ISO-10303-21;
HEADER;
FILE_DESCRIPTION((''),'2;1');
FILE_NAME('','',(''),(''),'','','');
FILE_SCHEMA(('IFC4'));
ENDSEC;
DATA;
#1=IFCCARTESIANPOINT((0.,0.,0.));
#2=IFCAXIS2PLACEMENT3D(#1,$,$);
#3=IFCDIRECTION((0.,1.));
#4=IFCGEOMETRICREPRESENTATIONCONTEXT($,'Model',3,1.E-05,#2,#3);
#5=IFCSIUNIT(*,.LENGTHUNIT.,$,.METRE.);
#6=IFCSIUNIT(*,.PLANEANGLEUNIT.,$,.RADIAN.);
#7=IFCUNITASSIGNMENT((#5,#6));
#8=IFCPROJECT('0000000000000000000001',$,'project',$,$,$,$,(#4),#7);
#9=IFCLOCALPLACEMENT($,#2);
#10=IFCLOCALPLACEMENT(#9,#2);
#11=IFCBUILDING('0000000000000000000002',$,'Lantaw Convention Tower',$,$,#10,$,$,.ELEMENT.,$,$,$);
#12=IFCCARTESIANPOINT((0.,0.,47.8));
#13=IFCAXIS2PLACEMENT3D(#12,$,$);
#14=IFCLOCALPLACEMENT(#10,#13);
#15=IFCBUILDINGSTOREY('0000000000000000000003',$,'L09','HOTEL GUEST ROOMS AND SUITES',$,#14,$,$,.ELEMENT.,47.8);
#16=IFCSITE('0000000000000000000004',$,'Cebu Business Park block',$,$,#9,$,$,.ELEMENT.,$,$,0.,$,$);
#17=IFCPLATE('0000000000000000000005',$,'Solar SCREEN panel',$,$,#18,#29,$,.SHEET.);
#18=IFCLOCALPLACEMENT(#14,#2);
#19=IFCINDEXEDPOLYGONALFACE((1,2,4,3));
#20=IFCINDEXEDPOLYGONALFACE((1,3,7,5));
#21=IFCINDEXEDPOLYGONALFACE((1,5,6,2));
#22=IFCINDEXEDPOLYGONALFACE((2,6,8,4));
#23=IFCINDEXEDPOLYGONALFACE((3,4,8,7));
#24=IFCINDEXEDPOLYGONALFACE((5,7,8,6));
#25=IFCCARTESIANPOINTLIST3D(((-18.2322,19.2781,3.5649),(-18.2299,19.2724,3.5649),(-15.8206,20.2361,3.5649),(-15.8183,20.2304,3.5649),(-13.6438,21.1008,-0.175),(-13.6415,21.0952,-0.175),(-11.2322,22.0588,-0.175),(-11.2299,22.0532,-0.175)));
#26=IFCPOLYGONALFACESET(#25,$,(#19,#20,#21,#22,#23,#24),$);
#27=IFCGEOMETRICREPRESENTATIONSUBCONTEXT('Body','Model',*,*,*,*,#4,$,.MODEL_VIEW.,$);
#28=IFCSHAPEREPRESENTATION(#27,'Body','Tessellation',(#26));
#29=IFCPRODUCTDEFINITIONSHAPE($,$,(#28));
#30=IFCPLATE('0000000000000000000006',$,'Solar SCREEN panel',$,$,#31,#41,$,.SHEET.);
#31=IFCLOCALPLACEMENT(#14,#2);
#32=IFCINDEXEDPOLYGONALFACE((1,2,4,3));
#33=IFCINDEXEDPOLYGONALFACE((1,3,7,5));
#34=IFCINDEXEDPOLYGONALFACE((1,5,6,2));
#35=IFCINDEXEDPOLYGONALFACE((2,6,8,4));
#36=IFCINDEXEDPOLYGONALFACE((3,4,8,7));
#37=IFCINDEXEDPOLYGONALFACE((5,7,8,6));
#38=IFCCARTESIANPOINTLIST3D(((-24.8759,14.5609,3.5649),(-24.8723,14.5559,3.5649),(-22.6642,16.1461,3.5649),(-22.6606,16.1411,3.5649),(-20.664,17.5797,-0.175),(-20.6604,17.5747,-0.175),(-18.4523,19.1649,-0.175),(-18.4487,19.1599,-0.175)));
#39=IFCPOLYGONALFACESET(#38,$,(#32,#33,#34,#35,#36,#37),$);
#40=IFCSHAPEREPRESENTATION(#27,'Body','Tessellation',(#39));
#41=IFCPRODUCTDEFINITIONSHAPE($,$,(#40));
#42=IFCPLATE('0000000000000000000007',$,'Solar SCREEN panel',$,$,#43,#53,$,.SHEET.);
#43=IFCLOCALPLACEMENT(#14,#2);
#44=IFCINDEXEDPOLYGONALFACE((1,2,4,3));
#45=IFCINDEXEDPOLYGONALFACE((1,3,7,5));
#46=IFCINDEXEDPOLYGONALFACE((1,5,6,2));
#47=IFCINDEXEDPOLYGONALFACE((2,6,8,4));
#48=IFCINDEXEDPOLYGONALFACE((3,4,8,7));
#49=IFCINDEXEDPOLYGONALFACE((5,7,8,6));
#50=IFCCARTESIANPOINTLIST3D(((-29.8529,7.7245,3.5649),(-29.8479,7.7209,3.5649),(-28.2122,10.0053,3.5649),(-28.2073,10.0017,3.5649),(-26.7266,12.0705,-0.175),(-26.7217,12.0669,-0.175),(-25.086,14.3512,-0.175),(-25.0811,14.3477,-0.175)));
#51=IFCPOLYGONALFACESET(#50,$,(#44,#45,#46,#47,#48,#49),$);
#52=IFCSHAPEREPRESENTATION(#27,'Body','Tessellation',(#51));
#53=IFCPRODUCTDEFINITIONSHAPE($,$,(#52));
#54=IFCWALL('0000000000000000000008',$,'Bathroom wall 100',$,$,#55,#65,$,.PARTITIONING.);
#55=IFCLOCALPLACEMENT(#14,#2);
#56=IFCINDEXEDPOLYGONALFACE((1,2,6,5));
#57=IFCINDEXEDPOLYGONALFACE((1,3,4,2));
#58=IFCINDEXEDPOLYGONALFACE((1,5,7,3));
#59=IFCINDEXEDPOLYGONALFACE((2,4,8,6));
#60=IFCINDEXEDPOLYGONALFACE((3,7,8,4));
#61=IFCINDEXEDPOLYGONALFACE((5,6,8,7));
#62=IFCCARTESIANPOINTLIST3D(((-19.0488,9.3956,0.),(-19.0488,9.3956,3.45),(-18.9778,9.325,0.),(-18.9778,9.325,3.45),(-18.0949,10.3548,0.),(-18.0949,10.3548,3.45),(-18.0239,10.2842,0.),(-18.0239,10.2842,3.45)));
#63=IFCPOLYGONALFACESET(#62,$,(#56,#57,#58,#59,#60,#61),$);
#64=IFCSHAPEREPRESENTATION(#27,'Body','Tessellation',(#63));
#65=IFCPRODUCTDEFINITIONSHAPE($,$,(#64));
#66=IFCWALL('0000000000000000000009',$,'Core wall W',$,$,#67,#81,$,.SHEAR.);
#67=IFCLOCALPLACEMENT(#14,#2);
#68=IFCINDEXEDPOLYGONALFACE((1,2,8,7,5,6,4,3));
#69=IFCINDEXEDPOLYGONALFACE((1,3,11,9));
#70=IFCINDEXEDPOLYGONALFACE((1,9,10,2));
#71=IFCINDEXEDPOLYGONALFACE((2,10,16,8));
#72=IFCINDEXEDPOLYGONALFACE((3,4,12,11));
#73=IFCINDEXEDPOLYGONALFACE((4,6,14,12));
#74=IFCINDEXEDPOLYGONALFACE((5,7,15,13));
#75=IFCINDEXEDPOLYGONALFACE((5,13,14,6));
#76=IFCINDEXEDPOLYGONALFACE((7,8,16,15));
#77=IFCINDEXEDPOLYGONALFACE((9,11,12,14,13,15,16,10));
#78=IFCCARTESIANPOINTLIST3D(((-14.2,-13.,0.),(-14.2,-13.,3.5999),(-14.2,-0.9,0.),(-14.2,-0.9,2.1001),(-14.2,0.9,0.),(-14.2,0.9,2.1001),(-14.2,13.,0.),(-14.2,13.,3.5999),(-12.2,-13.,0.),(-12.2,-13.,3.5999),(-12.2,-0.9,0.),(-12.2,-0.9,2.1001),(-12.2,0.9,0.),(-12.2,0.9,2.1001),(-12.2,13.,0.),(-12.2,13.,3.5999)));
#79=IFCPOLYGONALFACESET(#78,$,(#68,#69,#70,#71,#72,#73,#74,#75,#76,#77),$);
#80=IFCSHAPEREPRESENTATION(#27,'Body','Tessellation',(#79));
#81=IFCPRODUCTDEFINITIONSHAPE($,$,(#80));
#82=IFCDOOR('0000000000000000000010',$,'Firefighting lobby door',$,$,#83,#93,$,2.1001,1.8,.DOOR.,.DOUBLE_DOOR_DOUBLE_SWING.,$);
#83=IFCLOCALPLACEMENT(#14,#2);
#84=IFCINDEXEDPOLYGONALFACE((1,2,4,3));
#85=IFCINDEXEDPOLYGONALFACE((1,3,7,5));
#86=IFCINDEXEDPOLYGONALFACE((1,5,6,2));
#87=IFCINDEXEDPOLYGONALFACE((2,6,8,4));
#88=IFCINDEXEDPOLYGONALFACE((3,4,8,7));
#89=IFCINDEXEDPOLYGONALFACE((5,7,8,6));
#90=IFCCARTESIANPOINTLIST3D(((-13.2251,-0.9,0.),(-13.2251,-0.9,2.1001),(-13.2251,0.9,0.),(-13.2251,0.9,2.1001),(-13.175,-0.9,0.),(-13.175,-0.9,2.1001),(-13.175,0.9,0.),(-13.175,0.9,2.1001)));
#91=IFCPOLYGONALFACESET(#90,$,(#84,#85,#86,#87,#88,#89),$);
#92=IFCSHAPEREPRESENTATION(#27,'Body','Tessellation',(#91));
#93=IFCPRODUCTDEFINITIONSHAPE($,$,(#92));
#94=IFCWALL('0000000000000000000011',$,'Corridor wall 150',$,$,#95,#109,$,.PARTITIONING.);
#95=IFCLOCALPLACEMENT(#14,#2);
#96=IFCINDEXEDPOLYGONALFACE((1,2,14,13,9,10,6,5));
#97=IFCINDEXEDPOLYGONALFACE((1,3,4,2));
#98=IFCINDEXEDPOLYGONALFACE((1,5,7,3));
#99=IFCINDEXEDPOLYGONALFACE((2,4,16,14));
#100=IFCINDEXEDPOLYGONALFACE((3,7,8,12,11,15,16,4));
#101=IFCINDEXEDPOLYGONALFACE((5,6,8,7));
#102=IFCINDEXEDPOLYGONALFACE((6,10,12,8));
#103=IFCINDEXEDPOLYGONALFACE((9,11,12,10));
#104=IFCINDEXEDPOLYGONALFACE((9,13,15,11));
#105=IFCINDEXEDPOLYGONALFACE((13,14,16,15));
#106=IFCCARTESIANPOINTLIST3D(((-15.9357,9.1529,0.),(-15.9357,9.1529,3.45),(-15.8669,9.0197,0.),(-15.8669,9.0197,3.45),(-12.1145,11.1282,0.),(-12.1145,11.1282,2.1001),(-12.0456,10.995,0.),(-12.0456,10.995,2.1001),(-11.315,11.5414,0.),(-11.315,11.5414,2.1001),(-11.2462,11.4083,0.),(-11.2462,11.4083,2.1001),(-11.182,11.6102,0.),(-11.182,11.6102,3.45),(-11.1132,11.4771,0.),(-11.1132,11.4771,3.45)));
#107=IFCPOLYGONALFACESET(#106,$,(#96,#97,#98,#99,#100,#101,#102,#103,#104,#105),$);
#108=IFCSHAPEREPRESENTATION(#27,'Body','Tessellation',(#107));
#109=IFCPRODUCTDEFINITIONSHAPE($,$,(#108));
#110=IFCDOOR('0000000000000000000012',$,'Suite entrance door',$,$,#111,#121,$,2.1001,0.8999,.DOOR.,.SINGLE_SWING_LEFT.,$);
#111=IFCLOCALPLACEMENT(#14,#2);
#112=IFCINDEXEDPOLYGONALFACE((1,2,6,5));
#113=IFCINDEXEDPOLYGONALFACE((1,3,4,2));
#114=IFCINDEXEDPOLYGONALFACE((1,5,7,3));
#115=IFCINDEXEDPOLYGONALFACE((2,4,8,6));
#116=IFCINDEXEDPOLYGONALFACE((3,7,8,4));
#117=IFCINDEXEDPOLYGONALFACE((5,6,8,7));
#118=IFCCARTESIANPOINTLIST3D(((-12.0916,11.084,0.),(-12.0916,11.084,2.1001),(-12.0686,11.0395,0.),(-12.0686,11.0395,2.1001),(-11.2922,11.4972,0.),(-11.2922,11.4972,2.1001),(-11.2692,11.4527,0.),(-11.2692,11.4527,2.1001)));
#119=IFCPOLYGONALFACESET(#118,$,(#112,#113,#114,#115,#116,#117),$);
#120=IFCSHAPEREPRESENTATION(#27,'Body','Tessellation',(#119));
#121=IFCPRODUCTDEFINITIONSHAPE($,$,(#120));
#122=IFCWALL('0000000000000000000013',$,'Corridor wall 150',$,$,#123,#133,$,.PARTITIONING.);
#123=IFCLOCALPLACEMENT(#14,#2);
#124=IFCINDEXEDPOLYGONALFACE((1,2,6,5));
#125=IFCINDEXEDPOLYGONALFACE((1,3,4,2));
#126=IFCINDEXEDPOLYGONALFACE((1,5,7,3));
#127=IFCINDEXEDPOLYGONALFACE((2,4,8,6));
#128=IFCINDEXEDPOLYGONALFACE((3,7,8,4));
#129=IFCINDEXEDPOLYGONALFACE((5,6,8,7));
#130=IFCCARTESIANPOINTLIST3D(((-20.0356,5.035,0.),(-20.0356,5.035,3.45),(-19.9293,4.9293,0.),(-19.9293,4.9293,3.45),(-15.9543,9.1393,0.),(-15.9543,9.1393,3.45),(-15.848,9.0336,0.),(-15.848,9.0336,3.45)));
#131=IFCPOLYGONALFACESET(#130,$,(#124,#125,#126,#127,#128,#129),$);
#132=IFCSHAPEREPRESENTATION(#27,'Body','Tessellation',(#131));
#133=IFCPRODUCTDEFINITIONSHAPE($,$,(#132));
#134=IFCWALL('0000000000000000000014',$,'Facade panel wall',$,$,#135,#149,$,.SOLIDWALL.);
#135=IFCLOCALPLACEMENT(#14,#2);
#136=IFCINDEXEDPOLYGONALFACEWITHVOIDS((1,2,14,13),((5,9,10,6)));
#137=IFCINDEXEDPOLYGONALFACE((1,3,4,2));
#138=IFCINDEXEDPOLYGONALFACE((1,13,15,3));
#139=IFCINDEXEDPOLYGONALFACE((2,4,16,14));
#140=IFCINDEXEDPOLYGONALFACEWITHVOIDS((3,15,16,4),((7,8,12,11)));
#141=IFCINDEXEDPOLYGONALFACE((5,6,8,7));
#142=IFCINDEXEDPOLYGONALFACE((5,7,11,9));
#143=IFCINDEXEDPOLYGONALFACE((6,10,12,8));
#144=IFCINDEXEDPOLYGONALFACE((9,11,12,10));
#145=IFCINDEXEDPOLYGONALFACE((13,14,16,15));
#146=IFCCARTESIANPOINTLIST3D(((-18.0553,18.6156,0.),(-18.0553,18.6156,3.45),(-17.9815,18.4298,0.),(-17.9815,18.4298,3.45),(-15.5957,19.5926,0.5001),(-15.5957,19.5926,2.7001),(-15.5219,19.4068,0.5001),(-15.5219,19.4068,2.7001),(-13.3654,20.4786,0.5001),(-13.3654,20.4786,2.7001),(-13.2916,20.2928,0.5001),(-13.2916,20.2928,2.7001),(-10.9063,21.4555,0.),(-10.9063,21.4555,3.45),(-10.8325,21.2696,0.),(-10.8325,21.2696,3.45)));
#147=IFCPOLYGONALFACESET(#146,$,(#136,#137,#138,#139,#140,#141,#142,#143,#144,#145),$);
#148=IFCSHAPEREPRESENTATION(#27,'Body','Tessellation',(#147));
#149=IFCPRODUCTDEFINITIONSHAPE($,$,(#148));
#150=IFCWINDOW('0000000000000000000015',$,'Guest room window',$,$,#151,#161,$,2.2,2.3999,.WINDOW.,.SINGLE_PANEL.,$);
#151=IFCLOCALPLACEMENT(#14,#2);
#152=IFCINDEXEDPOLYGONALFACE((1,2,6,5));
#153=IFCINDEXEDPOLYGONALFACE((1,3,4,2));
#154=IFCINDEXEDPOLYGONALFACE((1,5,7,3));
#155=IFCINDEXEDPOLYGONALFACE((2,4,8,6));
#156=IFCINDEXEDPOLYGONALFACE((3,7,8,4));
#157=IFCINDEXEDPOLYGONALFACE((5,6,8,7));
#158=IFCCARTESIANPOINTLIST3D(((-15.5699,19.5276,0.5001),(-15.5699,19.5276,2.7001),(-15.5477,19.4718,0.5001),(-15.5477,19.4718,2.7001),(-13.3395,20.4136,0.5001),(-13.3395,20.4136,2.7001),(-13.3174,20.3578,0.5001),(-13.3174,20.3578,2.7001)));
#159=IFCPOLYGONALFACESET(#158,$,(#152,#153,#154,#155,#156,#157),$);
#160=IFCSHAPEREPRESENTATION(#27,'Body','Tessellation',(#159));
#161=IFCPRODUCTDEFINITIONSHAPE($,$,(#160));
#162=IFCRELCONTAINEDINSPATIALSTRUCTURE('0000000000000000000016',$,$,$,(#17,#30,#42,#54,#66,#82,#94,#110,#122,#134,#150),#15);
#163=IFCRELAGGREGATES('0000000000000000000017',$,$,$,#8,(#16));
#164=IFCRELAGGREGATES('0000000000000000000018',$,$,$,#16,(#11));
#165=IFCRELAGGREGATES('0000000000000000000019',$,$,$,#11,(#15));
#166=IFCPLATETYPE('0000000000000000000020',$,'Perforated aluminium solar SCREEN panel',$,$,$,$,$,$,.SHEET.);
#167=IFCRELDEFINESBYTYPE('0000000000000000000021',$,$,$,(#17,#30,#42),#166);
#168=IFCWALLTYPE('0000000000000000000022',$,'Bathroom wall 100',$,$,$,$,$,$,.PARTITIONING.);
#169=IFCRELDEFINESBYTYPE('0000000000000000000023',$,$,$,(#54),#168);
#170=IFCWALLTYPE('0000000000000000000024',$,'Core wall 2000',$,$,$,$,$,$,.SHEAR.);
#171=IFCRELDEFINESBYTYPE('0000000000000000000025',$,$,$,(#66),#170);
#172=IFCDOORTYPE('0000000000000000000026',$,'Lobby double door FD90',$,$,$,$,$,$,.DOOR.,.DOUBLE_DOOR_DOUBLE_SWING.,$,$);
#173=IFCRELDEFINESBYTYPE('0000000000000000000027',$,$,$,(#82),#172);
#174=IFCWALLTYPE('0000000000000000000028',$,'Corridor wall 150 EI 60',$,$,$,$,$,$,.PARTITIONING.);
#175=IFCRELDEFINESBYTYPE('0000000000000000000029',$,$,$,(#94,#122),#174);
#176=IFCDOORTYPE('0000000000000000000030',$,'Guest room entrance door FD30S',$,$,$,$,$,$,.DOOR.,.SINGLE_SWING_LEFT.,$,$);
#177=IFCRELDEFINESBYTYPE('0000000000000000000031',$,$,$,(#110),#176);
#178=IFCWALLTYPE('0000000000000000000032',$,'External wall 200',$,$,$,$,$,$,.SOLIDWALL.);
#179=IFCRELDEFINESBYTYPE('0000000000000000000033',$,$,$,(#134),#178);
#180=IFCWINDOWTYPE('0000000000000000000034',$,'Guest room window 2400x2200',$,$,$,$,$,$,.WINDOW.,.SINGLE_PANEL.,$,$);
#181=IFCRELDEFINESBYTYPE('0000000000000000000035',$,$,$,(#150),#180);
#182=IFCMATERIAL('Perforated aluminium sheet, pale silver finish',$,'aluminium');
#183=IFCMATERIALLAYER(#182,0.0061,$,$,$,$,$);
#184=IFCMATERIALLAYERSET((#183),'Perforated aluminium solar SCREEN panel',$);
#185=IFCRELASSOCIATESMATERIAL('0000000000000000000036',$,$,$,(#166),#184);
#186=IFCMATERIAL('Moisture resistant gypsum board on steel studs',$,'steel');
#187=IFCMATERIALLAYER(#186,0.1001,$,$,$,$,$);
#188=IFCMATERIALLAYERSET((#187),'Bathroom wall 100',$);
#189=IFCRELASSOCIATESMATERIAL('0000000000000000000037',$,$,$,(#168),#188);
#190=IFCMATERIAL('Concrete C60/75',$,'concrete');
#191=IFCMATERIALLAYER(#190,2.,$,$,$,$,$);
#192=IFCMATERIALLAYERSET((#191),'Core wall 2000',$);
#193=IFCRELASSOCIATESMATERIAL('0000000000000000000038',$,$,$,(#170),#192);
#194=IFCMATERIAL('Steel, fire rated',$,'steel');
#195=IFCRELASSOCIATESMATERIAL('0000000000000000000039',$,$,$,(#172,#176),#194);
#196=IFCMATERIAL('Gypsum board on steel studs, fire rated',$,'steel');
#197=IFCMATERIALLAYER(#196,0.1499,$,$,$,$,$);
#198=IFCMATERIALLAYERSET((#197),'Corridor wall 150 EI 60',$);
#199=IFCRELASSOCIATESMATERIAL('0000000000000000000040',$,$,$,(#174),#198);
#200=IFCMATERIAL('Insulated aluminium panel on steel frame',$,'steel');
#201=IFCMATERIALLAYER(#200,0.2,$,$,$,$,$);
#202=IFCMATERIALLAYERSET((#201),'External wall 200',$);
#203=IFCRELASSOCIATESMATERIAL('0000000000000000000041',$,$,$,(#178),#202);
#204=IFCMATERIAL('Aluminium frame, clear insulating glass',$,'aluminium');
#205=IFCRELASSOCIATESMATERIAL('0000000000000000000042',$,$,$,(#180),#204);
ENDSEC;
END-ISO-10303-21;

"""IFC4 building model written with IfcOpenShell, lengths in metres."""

from ifc_helpers import new_model, si_unit, direction, frame, frame_2d, origin, place, context, subcontext, project, spatial, polyline, rectangle, outline, extrude, material, layer, layer_set, type_object, element, fill, save


model = new_model("IFC4")

# Units and contexts
model_context = context("Model", 3, precision=1e-05, world=origin(), true_north=direction((0.0, 1.0)))
body_context = subcontext(model_context, "Body", "Model", "MODEL_VIEW")
ifc_project = project(units=[si_unit("LENGTHUNIT", "METRE"), si_unit("PLANEANGLEUNIT", "RADIAN")], contexts=[model_context])

# Site, building, storey
site_placement = place(None, origin())
site = spatial("IfcSite", under=ifc_project, at=site_placement, Name="Cebu Business Park block", CompositionType="ELEMENT", RefElevation=0.0)
building_placement = place(site_placement, origin())
building = spatial("IfcBuilding", under=site, at=building_placement, Name="Lantaw Convention Tower", CompositionType="ELEMENT")
storey_placement = place(building_placement, frame((0.0, 0.0, 47.8)))
storey = spatial("IfcBuildingStorey", under=building, at=storey_placement, Name="L09", Description="HOTEL GUEST ROOMS AND SUITES", CompositionType="ELEMENT", Elevation=47.8)

# Shared definitions
ifc_material_1 = material(Name="Concrete C60/75", Category="concrete")

# Plates
ifc_material_2 = material(Name="Perforated aluminium sheet, pale silver finish", Category="aluminium")
ifc_layer_1 = layer(ifc_material_2, 0.0061)
ifc_layer_set_1 = layer_set([ifc_layer_1], Name="Perforated aluminium solar SCREEN panel")
plate_type = type_object("IfcPlateType", Name="Perforated aluminium solar SCREEN panel", PredefinedType="SHEET", material=ifc_layer_set_1)
plate_1_placement = place(storey_placement, frame((-11.2322, 22.0588, -0.175), z_axis=(-0.369184, 0.929357, 0.000009), x_axis=(-0.929357, -0.369184, 0.0)))
element("IfcPlate", 1, at=plate_1_placement, inside=storey, type_object=plate_type, Name="Solar SCREEN panel", PredefinedType="SHEET", context=body_context, shape_type="SweptSolid", body=[
    extrude(outline(polyline([(0.0, 0.0), (2.5949, 0.0), (7.5321, 3.74), (4.9372, 3.74), (0.0, 0.0)])), origin(), (0.0, 0.0, -1.0), 0.0061),
])
plate_2_placement = place(storey_placement, frame((-18.4487, 19.1599, -0.175), z_axis=(0.582561, -0.812787, 0.000016), x_axis=(-0.812787, -0.582561, 0.0)))
element("IfcPlate", 2, at=plate_2_placement, inside=storey, type_object=plate_type, Name="Solar SCREEN panel", PredefinedType="SHEET", context=body_context, shape_type="SweptSolid", body=[
    extrude(outline(polyline([(0.0, 0.0), (2.7211, 0.0), (7.9031, -3.74), (5.182, -3.74), (0.0, 0.0)])), origin(), (0.0, 0.0, -1.0), 0.0061),
])
plate_3_placement = place(storey_placement, frame((-25.0811, 14.3477, -0.175), z_axis=(0.811791, -0.583948, 0.000009), x_axis=(-0.583948, -0.811791, 0.0)))
element("IfcPlate", 3, at=plate_3_placement, inside=storey, type_object=plate_type, Name="Solar SCREEN panel", PredefinedType="SHEET", context=body_context, shape_type="SweptSolid", body=[
    extrude(outline(polyline([(0.0, 0.0), (2.8095, 0.0), (8.1631, -3.74), (5.3536, -3.74), (0.0, 0.0)])), origin(), (0.0, 0.0, -1.0), 0.0061),
])

# Wall
ifc_material_3 = material(Name="Moisture resistant gypsum board on steel studs", Category="steel")
ifc_layer_2 = layer(ifc_material_3, 0.1001)
ifc_layer_set_2 = layer_set([ifc_layer_2], Name="Bathroom wall 100")
wall_type_1 = type_object("IfcWallType", Name="Bathroom wall 100", PredefinedType="PARTITIONING", material=ifc_layer_set_2)
wall_1_placement = place(storey_placement, frame((-19.0132, 9.3604, 0.0), z_axis=(0.0, 0.0, 1.0), x_axis=(0.705119, 0.709089, 0.0)))
element("IfcWall", 4, at=wall_1_placement, inside=storey, type_object=wall_type_1, Name="Bathroom wall 100", PredefinedType="PARTITIONING", context=body_context, shape_type="SweptSolid", body=[
    extrude(rectangle(XDim=1.3528, YDim=0.1001, at=frame_2d((0.6763, 0.0))), origin(), (0.0, 0.0, 1.0), 3.45),
])

# Walls, openings, doors
ifc_layer_3 = layer(ifc_material_1, 2.0)
ifc_layer_set_3 = layer_set([ifc_layer_3], Name="Core wall 2000")
wall_type_2 = type_object("IfcWallType", Name="Core wall 2000", PredefinedType="SHEAR", material=ifc_layer_set_3)
wall_2_placement = place(storey_placement, frame((-13.2, 13.0, 0.0), z_axis=(0.0, 0.0, 1.0), x_axis=(0.0, -1.0, 0.0)))
wall_2 = element("IfcWall", 5, at=wall_2_placement, inside=storey, type_object=wall_type_2, Name="Core wall W", PredefinedType="SHEAR", context=body_context, shape_type="SweptSolid", body=[
    extrude(rectangle(XDim=26.0, YDim=2.0, at=frame_2d((13.0, 0.0))), origin(), (0.0, 0.0, 1.0), 3.5999),
])
opening_1_placement = place(wall_2_placement, frame((12.1001, 0.0, 0.0)))
opening_1 = element("IfcOpeningElement", 6, at=opening_1_placement, cuts=wall_2, PredefinedType="OPENING", context=body_context, shape_type="SweptSolid", body=[
    extrude(rectangle(XDim=1.8, YDim=2.1001, at=frame_2d((0.8999, 1.05))), frame((0.0, 1.01, 0.0), z_axis=(0.0, -1.0, 0.0), x_axis=(1.0, 0.0, 0.0)), (0.0, 0.0, 1.0), 2.02),
])
ifc_material_4 = material(Name="Steel, fire rated", Category="steel")
door_type_1 = type_object("IfcDoorType", Name="Lobby double door FD90", OperationType="DOUBLE_DOOR_DOUBLE_SWING", PredefinedType="DOOR", material=ifc_material_4)
door_1_placement = place(opening_1_placement, origin())
door_1 = element("IfcDoor", 7, at=door_1_placement, inside=storey, type_object=door_type_1, Name="Firefighting lobby door", OperationType="DOUBLE_DOOR_DOUBLE_SWING", OverallHeight=2.1001, OverallWidth=1.8, PredefinedType="DOOR", context=body_context, shape_type="SweptSolid", body=[
    extrude(rectangle(XDim=1.8, YDim=2.1001, at=frame_2d((0.8999, 1.05))), frame((0.0, 0.0249, 0.0), z_axis=(0.0, -1.0, 0.0), x_axis=(1.0, 0.0, 0.0)), (0.0, 0.0, 1.0), 0.05),
])
fill(opening_1, door_1)
ifc_material_5 = material(Name="Gypsum board on steel studs, fire rated", Category="steel")
ifc_layer_4 = layer(ifc_material_5, 0.1499)
ifc_layer_set_4 = layer_set([ifc_layer_4], Name="Corridor wall 150 EI 60")
wall_type_3 = type_object("IfcWallType", Name="Corridor wall 150 EI 60", PredefinedType="PARTITIONING", material=ifc_layer_set_4)
wall_3_placement = place(storey_placement, frame((-11.1475, 11.5437, 0.0), z_axis=(0.0, 0.0, 1.0), x_axis=(-0.888333, -0.459199, 0.0)))
wall_3 = element("IfcWall", 8, at=wall_3_placement, inside=storey, type_object=wall_type_3, Name="Corridor wall 150", PredefinedType="PARTITIONING", context=body_context, shape_type="SweptSolid", body=[
    extrude(rectangle(XDim=5.3513, YDim=0.1499, at=frame_2d((2.6758, 0.0))), origin(), (0.0, 0.0, 1.0), 3.45),
])
opening_2_placement = place(wall_3_placement, frame((0.1499, 0.0, 0.0)))
opening_2 = element("IfcOpeningElement", 9, at=opening_2_placement, cuts=wall_3, PredefinedType="OPENING", context=body_context, shape_type="SweptSolid", body=[
    extrude(rectangle(XDim=0.8999, YDim=2.1001, at=frame_2d((0.45, 1.05))), frame((0.0, 0.085, 0.0), z_axis=(0.0, -1.0, 0.0), x_axis=(1.0, 0.0, 0.0)), (0.0, 0.0, 1.0), 0.1699),
])
door_type_2 = type_object("IfcDoorType", Name="Guest room entrance door FD30S", OperationType="SINGLE_SWING_LEFT", PredefinedType="DOOR", material=ifc_material_4)
door_2_placement = place(opening_2_placement, origin())
door_2 = element("IfcDoor", 10, at=door_2_placement, inside=storey, type_object=door_type_2, Name="Suite entrance door", OperationType="SINGLE_SWING_LEFT", OverallHeight=2.1001, OverallWidth=0.8999, PredefinedType="DOOR", context=body_context, shape_type="SweptSolid", body=[
    extrude(rectangle(XDim=0.8999, YDim=2.1001, at=frame_2d((0.45, 1.05))), frame((0.0, 0.0249, 0.0), z_axis=(0.0, -1.0, 0.0), x_axis=(1.0, 0.0, 0.0)), (0.0, 0.0, 1.0), 0.05),
])
fill(opening_2, door_2)

# Wall
wall_4_placement = place(storey_placement, frame((-15.9011, 9.0864, 0.0), z_axis=(0.0, 0.0, 1.0), x_axis=(-0.705122, -0.709086, 0.0)))
element("IfcWall", 11, at=wall_4_placement, inside=storey, type_object=wall_type_3, Name="Corridor wall 150", PredefinedType="PARTITIONING", context=body_context, shape_type="SweptSolid", body=[
    extrude(rectangle(XDim=5.7881, YDim=0.1499, at=frame_2d((2.894, 0.0))), origin(), (0.0, 0.0, 1.0), 3.45),
])

# Wall, opening, window
ifc_material_6 = material(Name="Insulated aluminium panel on steel frame", Category="steel")
ifc_layer_5 = layer(ifc_material_6, 0.2)
ifc_layer_set_5 = layer_set([ifc_layer_5], Name="External wall 200")
wall_type_4 = type_object("IfcWallType", Name="External wall 200", PredefinedType="SOLIDWALL", material=ifc_layer_set_5)
wall_5_placement = place(storey_placement, frame((-10.8694, 21.3625, 0.0), z_axis=(0.0, 0.0, 1.0), x_axis=(-0.929358, -0.369179, 0.0)))
wall_5 = element("IfcWall", 12, at=wall_5_placement, inside=storey, type_object=wall_type_4, Name="Facade panel wall", PredefinedType="SOLIDWALL", context=body_context, shape_type="SweptSolid", body=[
    extrude(rectangle(XDim=7.6924, YDim=0.2, at=frame_2d((3.8462, 0.0))), origin(), (0.0, 0.0, 1.0), 3.45),
])
opening_3_placement = place(wall_5_placement, frame((2.646, 0.0, 0.5)))
opening_3 = element("IfcOpeningElement", 13, at=opening_3_placement, cuts=wall_5, PredefinedType="OPENING", context=body_context, shape_type="SweptSolid", body=[
    extrude(rectangle(XDim=2.3999, YDim=2.2, at=frame_2d((1.2, 1.1001))), frame((0.0, 0.1099, 0.0), z_axis=(0.0, -1.0, 0.0), x_axis=(1.0, 0.0, 0.0)), (0.0, 0.0, 1.0), 0.22),
])
ifc_material_7 = material(Name="Aluminium frame, clear insulating glass", Category="aluminium")
window_type = type_object("IfcWindowType", Name="Guest room window 2400x2200", PartitioningType="SINGLE_PANEL", PredefinedType="WINDOW", material=ifc_material_7)
window_1_placement = place(opening_3_placement, origin())
window_1 = element("IfcWindow", 14, at=window_1_placement, inside=storey, type_object=window_type, Name="Guest room window", OverallHeight=2.2, OverallWidth=2.3999, PartitioningType="SINGLE_PANEL", PredefinedType="WINDOW", context=body_context, shape_type="SweptSolid", body=[
    extrude(rectangle(XDim=2.3999, YDim=2.2, at=frame_2d((1.2, 1.1001))), frame((0.0, 0.03, 0.0), z_axis=(0.0, -1.0, 0.0), x_axis=(1.0, 0.0, 0.0)), (0.0, 0.0, 1.0), 0.0601),
])
fill(opening_3, window_1)

save(model, "model.ifc")
